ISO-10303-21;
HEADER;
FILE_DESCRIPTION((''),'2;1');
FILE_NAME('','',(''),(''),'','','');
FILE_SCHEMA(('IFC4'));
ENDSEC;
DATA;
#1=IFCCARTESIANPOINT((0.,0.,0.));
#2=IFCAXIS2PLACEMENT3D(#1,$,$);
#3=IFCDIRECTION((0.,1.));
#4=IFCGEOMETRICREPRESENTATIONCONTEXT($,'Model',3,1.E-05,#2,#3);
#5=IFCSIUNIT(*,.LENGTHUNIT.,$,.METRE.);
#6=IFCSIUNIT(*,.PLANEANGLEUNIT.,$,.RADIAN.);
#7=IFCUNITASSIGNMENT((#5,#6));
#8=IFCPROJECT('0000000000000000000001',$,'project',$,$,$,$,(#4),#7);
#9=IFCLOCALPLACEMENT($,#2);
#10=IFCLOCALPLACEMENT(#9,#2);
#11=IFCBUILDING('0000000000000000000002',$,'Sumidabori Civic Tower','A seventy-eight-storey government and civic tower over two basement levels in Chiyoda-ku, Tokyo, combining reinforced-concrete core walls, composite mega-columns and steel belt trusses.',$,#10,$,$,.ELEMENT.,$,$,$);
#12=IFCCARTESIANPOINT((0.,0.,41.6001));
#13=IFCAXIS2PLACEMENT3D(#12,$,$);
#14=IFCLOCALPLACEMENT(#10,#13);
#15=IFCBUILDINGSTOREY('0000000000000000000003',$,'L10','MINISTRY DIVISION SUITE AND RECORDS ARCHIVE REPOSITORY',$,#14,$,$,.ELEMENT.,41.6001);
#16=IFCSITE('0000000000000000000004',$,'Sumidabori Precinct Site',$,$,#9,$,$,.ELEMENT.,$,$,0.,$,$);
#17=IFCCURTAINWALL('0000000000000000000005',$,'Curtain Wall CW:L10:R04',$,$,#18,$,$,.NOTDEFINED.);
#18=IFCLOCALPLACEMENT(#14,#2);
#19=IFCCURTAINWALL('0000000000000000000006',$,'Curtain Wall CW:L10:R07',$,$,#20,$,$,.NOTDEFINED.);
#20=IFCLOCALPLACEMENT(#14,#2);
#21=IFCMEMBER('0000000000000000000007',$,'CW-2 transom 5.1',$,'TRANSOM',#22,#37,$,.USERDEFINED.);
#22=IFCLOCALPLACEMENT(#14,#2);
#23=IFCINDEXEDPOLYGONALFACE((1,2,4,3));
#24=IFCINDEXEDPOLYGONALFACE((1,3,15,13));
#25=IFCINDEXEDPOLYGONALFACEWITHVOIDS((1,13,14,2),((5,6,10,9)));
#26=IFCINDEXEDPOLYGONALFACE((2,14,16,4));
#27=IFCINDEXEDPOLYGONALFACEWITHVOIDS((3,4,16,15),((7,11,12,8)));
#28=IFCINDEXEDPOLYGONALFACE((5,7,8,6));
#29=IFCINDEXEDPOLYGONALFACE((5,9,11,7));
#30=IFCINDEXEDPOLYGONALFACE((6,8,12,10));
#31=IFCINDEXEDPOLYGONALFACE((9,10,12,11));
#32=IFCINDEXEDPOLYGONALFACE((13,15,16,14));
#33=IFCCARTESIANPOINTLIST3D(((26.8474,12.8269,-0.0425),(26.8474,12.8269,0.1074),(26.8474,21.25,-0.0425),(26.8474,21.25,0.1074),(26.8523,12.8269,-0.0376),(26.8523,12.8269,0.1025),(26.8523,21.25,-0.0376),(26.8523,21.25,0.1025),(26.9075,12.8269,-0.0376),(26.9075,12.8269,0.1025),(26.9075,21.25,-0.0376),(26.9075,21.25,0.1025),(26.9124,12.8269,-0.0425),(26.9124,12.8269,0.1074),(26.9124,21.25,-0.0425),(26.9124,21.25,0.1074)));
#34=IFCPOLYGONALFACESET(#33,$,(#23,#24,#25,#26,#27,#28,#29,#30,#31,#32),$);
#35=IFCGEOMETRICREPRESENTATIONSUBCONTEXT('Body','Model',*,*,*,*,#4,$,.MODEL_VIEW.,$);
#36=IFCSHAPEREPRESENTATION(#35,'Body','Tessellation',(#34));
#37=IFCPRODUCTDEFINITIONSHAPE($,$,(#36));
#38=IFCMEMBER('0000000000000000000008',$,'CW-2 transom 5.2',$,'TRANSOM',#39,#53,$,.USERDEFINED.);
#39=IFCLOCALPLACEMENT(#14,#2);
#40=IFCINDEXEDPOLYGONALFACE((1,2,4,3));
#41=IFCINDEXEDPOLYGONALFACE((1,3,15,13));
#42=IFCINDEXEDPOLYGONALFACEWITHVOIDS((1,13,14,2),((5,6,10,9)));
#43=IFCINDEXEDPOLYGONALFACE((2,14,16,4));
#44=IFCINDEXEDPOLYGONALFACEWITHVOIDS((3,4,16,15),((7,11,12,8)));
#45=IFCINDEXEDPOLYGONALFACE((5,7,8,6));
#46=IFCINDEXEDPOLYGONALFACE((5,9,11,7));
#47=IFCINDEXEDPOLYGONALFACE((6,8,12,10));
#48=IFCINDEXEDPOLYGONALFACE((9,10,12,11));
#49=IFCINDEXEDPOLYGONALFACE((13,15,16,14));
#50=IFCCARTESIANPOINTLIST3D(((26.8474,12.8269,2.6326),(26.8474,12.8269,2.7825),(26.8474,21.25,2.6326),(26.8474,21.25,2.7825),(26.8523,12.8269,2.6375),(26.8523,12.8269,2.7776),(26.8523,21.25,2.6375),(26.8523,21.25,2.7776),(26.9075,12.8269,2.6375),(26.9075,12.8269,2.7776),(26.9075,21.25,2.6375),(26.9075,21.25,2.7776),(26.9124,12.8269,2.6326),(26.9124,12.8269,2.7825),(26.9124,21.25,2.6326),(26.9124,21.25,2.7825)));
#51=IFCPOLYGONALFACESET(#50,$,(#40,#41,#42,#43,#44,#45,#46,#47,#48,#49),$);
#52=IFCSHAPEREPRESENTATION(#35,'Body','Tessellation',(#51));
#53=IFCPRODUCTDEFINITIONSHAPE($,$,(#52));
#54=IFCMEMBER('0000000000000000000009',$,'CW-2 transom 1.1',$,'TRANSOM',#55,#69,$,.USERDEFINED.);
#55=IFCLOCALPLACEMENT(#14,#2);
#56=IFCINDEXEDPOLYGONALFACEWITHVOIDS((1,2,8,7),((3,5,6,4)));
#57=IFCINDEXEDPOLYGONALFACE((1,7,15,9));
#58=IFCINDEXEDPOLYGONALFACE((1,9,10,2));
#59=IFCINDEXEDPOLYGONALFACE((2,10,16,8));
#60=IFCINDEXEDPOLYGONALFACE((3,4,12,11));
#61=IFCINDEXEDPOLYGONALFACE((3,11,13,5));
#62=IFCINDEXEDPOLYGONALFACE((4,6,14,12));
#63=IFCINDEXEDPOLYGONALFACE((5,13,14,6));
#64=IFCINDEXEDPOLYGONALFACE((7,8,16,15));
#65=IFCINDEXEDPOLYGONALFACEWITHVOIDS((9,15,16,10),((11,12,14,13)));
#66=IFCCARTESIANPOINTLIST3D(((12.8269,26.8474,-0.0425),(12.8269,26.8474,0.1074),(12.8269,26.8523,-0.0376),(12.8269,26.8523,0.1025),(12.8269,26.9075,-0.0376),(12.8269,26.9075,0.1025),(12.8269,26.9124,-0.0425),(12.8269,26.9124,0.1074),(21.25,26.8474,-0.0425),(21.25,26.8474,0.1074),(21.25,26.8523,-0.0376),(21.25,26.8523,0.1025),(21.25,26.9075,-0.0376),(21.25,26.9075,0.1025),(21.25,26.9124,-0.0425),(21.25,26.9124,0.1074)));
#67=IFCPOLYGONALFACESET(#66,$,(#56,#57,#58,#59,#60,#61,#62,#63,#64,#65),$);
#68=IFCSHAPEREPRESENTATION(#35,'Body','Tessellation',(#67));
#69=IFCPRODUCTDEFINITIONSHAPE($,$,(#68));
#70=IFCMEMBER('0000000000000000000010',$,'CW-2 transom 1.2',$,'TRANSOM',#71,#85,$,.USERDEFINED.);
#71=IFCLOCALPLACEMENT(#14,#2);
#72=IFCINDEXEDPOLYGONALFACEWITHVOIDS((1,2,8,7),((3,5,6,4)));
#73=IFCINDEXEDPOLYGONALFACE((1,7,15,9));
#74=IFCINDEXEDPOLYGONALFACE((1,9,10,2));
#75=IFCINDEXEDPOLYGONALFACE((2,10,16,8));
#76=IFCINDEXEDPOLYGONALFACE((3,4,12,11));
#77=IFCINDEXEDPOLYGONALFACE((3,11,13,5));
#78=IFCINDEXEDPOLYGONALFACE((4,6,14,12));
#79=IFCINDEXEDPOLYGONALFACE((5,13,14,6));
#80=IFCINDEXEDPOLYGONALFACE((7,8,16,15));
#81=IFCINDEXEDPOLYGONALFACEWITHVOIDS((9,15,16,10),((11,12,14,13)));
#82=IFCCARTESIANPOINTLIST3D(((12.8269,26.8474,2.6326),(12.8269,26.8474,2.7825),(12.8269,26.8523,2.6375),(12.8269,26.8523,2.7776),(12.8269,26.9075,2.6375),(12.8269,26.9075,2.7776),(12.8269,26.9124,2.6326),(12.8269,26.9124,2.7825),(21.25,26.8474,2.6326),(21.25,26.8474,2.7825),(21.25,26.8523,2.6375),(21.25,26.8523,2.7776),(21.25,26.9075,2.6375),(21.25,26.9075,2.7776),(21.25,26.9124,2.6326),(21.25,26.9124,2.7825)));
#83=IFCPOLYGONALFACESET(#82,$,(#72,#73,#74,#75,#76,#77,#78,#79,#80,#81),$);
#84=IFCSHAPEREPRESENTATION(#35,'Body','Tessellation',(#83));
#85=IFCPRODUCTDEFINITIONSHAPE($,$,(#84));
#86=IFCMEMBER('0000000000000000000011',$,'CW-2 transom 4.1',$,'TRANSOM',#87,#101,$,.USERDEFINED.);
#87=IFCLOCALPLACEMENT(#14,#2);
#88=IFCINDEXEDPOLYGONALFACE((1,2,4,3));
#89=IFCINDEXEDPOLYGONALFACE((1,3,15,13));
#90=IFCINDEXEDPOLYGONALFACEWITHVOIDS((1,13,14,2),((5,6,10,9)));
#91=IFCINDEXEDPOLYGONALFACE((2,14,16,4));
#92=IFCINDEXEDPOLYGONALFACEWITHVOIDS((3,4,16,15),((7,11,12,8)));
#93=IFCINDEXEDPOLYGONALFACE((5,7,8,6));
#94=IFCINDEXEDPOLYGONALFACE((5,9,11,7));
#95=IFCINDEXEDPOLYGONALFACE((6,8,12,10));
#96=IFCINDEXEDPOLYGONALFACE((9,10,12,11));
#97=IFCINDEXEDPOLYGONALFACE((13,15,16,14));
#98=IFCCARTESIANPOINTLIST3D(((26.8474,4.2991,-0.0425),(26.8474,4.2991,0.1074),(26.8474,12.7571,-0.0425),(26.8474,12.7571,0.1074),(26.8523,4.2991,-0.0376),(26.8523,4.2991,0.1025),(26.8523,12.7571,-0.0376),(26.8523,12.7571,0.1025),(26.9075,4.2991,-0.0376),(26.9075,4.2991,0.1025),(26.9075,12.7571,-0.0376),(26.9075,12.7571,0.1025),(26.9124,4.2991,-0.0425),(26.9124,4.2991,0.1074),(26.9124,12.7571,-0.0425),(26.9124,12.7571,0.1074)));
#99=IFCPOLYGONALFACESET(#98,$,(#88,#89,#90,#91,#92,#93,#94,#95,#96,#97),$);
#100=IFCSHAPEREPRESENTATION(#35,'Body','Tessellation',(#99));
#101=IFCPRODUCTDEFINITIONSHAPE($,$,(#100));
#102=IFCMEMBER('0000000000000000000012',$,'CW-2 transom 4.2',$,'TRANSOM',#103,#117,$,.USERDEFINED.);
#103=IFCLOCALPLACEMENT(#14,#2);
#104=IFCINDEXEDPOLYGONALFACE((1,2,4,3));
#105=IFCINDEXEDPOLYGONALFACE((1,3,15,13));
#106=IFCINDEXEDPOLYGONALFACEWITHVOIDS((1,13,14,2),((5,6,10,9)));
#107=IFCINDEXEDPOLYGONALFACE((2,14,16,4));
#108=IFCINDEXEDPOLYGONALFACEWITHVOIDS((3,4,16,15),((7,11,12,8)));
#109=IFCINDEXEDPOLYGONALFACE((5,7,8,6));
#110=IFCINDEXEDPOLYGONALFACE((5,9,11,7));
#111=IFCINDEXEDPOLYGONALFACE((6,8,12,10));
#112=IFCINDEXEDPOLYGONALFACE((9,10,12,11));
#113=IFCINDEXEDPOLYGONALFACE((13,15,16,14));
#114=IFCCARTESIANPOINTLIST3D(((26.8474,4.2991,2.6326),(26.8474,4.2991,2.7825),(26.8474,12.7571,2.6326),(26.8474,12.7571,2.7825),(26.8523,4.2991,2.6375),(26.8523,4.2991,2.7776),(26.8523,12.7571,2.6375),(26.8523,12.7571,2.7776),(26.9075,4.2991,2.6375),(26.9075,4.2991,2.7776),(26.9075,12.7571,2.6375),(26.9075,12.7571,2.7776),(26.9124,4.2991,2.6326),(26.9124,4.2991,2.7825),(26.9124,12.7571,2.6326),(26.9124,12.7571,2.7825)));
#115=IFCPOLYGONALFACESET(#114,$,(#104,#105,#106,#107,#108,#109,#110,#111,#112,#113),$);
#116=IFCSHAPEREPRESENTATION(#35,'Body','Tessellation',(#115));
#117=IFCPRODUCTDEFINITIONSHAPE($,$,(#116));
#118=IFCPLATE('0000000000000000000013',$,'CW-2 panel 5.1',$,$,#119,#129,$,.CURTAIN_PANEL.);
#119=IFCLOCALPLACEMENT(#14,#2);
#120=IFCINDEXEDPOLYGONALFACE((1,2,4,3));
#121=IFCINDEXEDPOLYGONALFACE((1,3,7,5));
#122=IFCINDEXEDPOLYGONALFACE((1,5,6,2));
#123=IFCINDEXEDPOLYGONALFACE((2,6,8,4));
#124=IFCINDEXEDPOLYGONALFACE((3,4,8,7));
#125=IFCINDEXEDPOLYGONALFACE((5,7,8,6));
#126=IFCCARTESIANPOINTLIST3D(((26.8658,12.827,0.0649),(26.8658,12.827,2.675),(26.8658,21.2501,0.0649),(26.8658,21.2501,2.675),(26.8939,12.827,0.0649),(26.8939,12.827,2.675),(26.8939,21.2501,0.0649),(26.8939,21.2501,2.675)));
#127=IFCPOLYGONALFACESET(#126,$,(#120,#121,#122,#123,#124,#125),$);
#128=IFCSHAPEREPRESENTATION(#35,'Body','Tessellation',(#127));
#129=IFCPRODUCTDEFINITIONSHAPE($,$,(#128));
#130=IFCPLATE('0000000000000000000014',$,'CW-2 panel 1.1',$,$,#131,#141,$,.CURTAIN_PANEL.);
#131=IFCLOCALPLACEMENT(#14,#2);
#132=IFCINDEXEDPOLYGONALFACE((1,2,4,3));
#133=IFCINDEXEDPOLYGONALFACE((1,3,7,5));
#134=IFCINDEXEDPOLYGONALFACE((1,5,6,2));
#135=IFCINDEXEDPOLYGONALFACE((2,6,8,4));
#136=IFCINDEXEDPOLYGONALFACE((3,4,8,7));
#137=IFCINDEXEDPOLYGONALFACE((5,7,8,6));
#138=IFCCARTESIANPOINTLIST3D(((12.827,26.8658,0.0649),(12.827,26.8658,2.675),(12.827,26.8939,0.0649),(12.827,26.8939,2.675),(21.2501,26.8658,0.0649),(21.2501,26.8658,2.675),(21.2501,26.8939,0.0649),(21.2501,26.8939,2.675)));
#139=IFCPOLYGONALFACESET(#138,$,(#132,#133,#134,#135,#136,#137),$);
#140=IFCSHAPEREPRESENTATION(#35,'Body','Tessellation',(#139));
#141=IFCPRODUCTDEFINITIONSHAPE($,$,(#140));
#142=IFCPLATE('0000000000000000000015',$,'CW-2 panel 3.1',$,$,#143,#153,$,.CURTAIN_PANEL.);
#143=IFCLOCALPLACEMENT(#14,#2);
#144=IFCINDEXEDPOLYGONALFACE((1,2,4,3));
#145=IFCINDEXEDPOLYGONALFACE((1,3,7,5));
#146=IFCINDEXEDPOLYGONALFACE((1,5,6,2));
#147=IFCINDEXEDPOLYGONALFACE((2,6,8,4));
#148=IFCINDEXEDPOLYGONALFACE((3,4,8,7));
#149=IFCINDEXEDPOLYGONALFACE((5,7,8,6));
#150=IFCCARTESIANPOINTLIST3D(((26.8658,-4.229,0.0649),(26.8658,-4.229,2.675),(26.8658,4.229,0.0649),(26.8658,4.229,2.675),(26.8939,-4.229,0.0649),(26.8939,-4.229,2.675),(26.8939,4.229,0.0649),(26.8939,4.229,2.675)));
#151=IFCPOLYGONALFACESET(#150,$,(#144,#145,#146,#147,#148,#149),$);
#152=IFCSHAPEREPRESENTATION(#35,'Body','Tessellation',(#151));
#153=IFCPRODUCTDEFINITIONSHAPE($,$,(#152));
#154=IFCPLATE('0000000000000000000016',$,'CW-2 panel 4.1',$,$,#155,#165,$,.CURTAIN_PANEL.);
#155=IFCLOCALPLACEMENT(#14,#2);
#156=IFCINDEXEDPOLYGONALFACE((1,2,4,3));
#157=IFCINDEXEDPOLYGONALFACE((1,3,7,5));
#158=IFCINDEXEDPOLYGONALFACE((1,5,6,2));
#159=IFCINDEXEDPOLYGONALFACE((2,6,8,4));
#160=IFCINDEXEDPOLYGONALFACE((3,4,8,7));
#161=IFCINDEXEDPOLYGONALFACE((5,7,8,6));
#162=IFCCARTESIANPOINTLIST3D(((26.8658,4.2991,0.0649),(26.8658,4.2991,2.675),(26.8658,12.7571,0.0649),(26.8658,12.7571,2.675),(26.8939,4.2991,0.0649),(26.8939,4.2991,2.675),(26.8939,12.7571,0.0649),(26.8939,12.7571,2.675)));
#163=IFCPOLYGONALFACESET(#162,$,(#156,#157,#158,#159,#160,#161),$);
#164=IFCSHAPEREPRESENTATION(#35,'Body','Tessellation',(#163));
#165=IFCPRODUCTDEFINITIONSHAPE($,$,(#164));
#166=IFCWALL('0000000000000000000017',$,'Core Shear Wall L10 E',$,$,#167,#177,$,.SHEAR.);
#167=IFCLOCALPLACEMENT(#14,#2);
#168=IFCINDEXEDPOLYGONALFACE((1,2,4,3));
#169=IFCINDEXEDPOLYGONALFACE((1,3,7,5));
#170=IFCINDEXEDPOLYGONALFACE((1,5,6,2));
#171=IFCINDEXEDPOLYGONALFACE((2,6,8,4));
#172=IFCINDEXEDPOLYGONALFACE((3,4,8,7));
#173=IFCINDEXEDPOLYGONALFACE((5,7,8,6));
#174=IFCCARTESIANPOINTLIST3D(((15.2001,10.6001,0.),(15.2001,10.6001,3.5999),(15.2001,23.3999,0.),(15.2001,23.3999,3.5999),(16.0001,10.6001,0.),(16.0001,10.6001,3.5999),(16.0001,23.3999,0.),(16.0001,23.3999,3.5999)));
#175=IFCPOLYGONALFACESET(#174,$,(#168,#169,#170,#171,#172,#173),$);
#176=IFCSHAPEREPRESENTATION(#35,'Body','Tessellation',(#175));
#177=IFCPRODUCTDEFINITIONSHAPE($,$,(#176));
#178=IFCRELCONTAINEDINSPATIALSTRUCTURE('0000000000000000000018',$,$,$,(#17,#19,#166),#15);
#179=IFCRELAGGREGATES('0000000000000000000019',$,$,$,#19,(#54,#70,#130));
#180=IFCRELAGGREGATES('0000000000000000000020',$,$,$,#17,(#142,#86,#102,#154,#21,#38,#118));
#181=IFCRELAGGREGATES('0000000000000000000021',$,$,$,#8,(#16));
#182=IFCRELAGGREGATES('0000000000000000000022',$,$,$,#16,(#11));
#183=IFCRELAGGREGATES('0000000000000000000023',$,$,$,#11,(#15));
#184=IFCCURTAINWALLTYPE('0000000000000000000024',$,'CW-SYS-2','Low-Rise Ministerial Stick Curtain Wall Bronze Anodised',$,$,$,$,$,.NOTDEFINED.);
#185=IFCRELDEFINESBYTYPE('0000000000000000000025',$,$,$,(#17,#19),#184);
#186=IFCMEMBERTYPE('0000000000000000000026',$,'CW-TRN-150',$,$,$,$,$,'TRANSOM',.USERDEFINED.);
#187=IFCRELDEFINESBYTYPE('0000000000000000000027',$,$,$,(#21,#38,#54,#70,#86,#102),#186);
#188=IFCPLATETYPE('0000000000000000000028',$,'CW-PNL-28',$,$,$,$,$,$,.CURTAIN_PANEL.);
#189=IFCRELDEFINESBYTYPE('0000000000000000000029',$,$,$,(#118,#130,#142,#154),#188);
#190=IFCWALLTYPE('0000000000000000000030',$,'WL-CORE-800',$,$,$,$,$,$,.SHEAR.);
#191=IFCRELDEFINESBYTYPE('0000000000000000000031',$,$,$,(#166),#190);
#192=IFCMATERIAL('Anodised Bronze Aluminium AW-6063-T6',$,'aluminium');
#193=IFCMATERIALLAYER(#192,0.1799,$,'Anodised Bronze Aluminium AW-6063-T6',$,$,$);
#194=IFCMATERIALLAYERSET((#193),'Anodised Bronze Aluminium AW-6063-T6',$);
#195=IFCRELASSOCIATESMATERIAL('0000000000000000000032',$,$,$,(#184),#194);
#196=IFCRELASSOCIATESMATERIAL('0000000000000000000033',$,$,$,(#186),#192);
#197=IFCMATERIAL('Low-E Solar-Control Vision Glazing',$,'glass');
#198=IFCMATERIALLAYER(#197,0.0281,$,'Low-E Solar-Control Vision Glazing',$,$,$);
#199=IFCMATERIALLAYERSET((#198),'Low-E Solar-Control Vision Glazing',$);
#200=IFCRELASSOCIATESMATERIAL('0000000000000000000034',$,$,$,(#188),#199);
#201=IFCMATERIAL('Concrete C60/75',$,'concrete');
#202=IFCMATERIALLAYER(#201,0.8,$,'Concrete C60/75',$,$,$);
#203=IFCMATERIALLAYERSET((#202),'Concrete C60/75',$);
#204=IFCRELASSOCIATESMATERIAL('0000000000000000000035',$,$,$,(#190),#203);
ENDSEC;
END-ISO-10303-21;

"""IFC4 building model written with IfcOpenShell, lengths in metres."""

from ifc_helpers import new_model, si_unit, direction, frame, frame_2d, origin, origin_2d, place, context, subcontext, project, spatial, rectangle, hollow_rectangle, extrude, source, transform, mapped, material, layer, layer_set, material_profile, profile_set, type_object, element, aggregate, save


model = new_model("IFC4")

# Units and contexts
model_context = context("Model", 3, precision=1e-05, world=origin(), true_north=direction((0.0, 1.0)))
body_context = subcontext(model_context, "Body", "Model", "MODEL_VIEW")
ifc_project = project(units=[si_unit("LENGTHUNIT", "METRE"), si_unit("PLANEANGLEUNIT", "RADIAN")], contexts=[model_context])

# Site, building, storey
site_placement = place(None, origin())
site = spatial("IfcSite", under=ifc_project, at=site_placement, Name="Sumidabori Precinct Site", CompositionType="ELEMENT", RefElevation=0.0)
building_placement = place(site_placement, origin())
building = spatial("IfcBuilding", under=site, at=building_placement, Name="Sumidabori Civic Tower", Description="A seventy-eight-storey government and civic tower over two basement levels in Chiyoda-ku, Tokyo, combining reinforced-concrete core walls, composite mega-columns and steel belt trusses.", CompositionType="ELEMENT")
storey_placement = place(building_placement, frame((0.0, 0.0, 41.6001)))
storey = spatial("IfcBuildingStorey", under=building, at=storey_placement, Name="L10", Description="MINISTRY DIVISION SUITE AND RECORDS ARCHIVE REPOSITORY", CompositionType="ELEMENT", Elevation=41.6001)

# Shared definitions
ifc_material_1 = material(Name="Concrete C60/75", Category="concrete")

# Curtain wall
ifc_material_2 = material(Name="Anodised Bronze Aluminium AW-6063-T6", Category="aluminium")
ifc_layer_1 = layer(ifc_material_2, 0.1799, Name="Anodised Bronze Aluminium AW-6063-T6")
ifc_layer_set_1 = layer_set([ifc_layer_1], Name="Anodised Bronze Aluminium AW-6063-T6")
curtain_wall_type = type_object("IfcCurtainWallType", Name="CW-SYS-2", Description="Low-Rise Ministerial Stick Curtain Wall Bronze Anodised", PredefinedType="NOTDEFINED", material=ifc_layer_set_1)
curtain_wall_1_placement = place(storey_placement, origin())
curtain_wall_1 = element("IfcCurtainWall", 1, at=curtain_wall_1_placement, inside=storey, type_object=curtain_wall_type, Name="Curtain Wall CW:L10:R04", PredefinedType="NOTDEFINED")

# Curtain wall
curtain_wall_2_placement = place(storey_placement, origin())
curtain_wall_2 = element("IfcCurtainWall", 2, at=curtain_wall_2_placement, inside=storey, type_object=curtain_wall_type, Name="Curtain Wall CW:L10:R07", PredefinedType="NOTDEFINED")

# Members
ifc_material_profile_1 = material_profile(ifc_material_2, hollow_rectangle(XDim=0.0649, YDim=0.1499, WallThickness=0.0049, at=origin_2d()), Name="ALU TRANSOM 150x65")
ifc_profile_set_1 = profile_set([ifc_material_profile_1], Name="Anodised Bronze Aluminium AW-6063-T6")
member_type_1 = type_object("IfcMemberType", Name="CW-TRN-150", ElementType="TRANSOM", PredefinedType="USERDEFINED", material=ifc_profile_set_1)
shared_shape_1 = source(origin(), body_context, "Body", "SweptSolid", [
    extrude(hollow_rectangle(XDim=0.0649, YDim=0.1499, WallThickness=0.0049, at=origin_2d()), origin(), (0.0, 0.0, 1.0), 8.4231),
])
member_1_placement = place(storey_placement, frame((26.8799, 12.8269, 0.0325), z_axis=(0.0, 1.0, 0.0), x_axis=(-1.0, 0.0, 0.0)))
member_1 = element("IfcMember", 3, at=member_1_placement, type_object=member_type_1, Name="CW-2 transom 5.1", ObjectType="TRANSOM", PredefinedType="USERDEFINED", context=body_context, shape_type="MappedRepresentation", body=[
    mapped(shared_shape_1, transform((0.0, 0.0, 0.0), x_axis=(1.0, 0.0, 0.0), y_axis=(0.0, 1.0, 0.0), z_axis=(0.0, 0.0, 1.0), scale=1.0)),
])
member_2_placement = place(storey_placement, frame((26.8799, 12.8269, 2.7075), z_axis=(0.0, 1.0, 0.0), x_axis=(-1.0, 0.0, 0.0)))
member_2 = element("IfcMember", 4, at=member_2_placement, type_object=member_type_1, Name="CW-2 transom 5.2", ObjectType="TRANSOM", PredefinedType="USERDEFINED", context=body_context, shape_type="MappedRepresentation", body=[
    mapped(shared_shape_1, transform((0.0, 0.0, 0.0), x_axis=(1.0, 0.0, 0.0), y_axis=(0.0, 1.0, 0.0), z_axis=(0.0, 0.0, 1.0), scale=1.0)),
])
member_3_placement = place(storey_placement, frame((21.25, 26.8799, 0.0325), z_axis=(-1.0, 0.0, 0.0), x_axis=(0.0, -1.0, 0.0)))
member_3 = element("IfcMember", 5, at=member_3_placement, type_object=member_type_1, Name="CW-2 transom 1.1", ObjectType="TRANSOM", PredefinedType="USERDEFINED", context=body_context, shape_type="MappedRepresentation", body=[
    mapped(shared_shape_1, transform((0.0, 0.0, 0.0), x_axis=(1.0, 0.0, 0.0), y_axis=(0.0, 1.0, 0.0), z_axis=(0.0, 0.0, 1.0), scale=1.0)),
])
member_4_placement = place(storey_placement, frame((21.25, 26.8799, 2.7075), z_axis=(-1.0, 0.0, 0.0), x_axis=(0.0, -1.0, 0.0)))
member_4 = element("IfcMember", 6, at=member_4_placement, type_object=member_type_1, Name="CW-2 transom 1.2", ObjectType="TRANSOM", PredefinedType="USERDEFINED", context=body_context, shape_type="MappedRepresentation", body=[
    mapped(shared_shape_1, transform((0.0, 0.0, 0.0), x_axis=(1.0, 0.0, 0.0), y_axis=(0.0, 1.0, 0.0), z_axis=(0.0, 0.0, 1.0), scale=1.0)),
])
shared_shape_2 = source(origin(), body_context, "Body", "SweptSolid", [
    extrude(hollow_rectangle(XDim=0.0649, YDim=0.1499, WallThickness=0.0049, at=origin_2d()), origin(), (0.0, 0.0, 1.0), 8.458),
])
member_5_placement = place(storey_placement, frame((26.8799, 4.2991, 0.0325), z_axis=(0.0, 1.0, 0.0), x_axis=(-1.0, 0.0, 0.0)))
member_5 = element("IfcMember", 7, at=member_5_placement, type_object=member_type_1, Name="CW-2 transom 4.1", ObjectType="TRANSOM", PredefinedType="USERDEFINED", context=body_context, shape_type="MappedRepresentation", body=[
    mapped(shared_shape_2, transform((0.0, 0.0, 0.0), x_axis=(1.0, 0.0, 0.0), y_axis=(0.0, 1.0, 0.0), z_axis=(0.0, 0.0, 1.0), scale=1.0)),
])
member_6_placement = place(storey_placement, frame((26.8799, 4.2991, 2.7075), z_axis=(0.0, 1.0, 0.0), x_axis=(-1.0, 0.0, 0.0)))
member_6 = element("IfcMember", 8, at=member_6_placement, type_object=member_type_1, Name="CW-2 transom 4.2", ObjectType="TRANSOM", PredefinedType="USERDEFINED", context=body_context, shape_type="MappedRepresentation", body=[
    mapped(shared_shape_2, transform((0.0, 0.0, 0.0), x_axis=(1.0, 0.0, 0.0), y_axis=(0.0, 1.0, 0.0), z_axis=(0.0, 0.0, 1.0), scale=1.0)),
])

# Plates
ifc_material_3 = material(Name="Low-E Solar-Control Vision Glazing", Category="glass")
ifc_layer_2 = layer(ifc_material_3, 0.0281, Name="Low-E Solar-Control Vision Glazing")
ifc_layer_set_2 = layer_set([ifc_layer_2], Name="Low-E Solar-Control Vision Glazing")
plate_type = type_object("IfcPlateType", Name="CW-PNL-28", PredefinedType="CURTAIN_PANEL", material=ifc_layer_set_2)
shared_shape_3 = source(origin(), body_context, "Body", "SweptSolid", [
    extrude(rectangle(XDim=8.4231, YDim=0.0281, at=origin_2d()), origin(), (0.0, 0.0, 1.0), 2.6101),
])
plate_1_placement = place(storey_placement, frame((26.8799, 17.0386, 0.0649), z_axis=(0.0, 0.0, 1.0), x_axis=(0.0, 1.0, 0.0)))
plate_1 = element("IfcPlate", 9, at=plate_1_placement, type_object=plate_type, Name="CW-2 panel 5.1", PredefinedType="CURTAIN_PANEL", context=body_context, shape_type="MappedRepresentation", body=[
    mapped(shared_shape_3, transform((0.0, 0.0, 0.0), x_axis=(1.0, 0.0, 0.0), y_axis=(0.0, 1.0, 0.0), z_axis=(0.0, 0.0, 1.0), scale=1.0)),
])
plate_2_placement = place(storey_placement, frame((17.0386, 26.8799, 0.0649), z_axis=(0.0, 0.0, 1.0), x_axis=(-1.0, 0.0, 0.0)))
plate_2 = element("IfcPlate", 10, at=plate_2_placement, type_object=plate_type, Name="CW-2 panel 1.1", PredefinedType="CURTAIN_PANEL", context=body_context, shape_type="MappedRepresentation", body=[
    mapped(shared_shape_3, transform((0.0, 0.0, 0.0), x_axis=(1.0, 0.0, 0.0), y_axis=(0.0, 1.0, 0.0), z_axis=(0.0, 0.0, 1.0), scale=1.0)),
])
aggregate(curtain_wall_2, [member_3, member_4, plate_2])
shared_shape_4 = source(origin(), body_context, "Body", "SweptSolid", [
    extrude(rectangle(XDim=8.458, YDim=0.0281, at=origin_2d()), origin(), (0.0, 0.0, 1.0), 2.6101),
])
plate_3_placement = place(storey_placement, frame((26.8799, 0.0, 0.0649), z_axis=(0.0, 0.0, 1.0), x_axis=(0.0, 1.0, 0.0)))
plate_3 = element("IfcPlate", 11, at=plate_3_placement, type_object=plate_type, Name="CW-2 panel 3.1", PredefinedType="CURTAIN_PANEL", context=body_context, shape_type="MappedRepresentation", body=[
    mapped(shared_shape_4, transform((0.0, 0.0, 0.0), x_axis=(1.0, 0.0, 0.0), y_axis=(0.0, 1.0, 0.0), z_axis=(0.0, 0.0, 1.0), scale=1.0)),
])
plate_4_placement = place(storey_placement, frame((26.8799, 8.5281, 0.0649), z_axis=(0.0, 0.0, 1.0), x_axis=(0.0, 1.0, 0.0)))
plate_4 = element("IfcPlate", 12, at=plate_4_placement, type_object=plate_type, Name="CW-2 panel 4.1", PredefinedType="CURTAIN_PANEL", context=body_context, shape_type="MappedRepresentation", body=[
    mapped(shared_shape_4, transform((0.0, 0.0, 0.0), x_axis=(1.0, 0.0, 0.0), y_axis=(0.0, 1.0, 0.0), z_axis=(0.0, 0.0, 1.0), scale=1.0)),
])
aggregate(curtain_wall_1, [plate_3, member_5, member_6, plate_4, member_1, member_2, plate_1])

# Wall
ifc_layer_3 = layer(ifc_material_1, 0.8, Name="Concrete C60/75")
ifc_layer_set_3 = layer_set([ifc_layer_3], Name="Concrete C60/75")
wall_type_1 = type_object("IfcWallType", Name="WL-CORE-800", PredefinedType="SHEAR", material=ifc_layer_set_3)
shared_shape_5 = source(origin(), body_context, "Body", "SweptSolid", [
    extrude(rectangle(XDim=12.7998, YDim=0.8, at=frame_2d((6.3999, 0.0))), origin(), (0.0, 0.0, 1.0), 3.5999),
])
wall_1_placement = place(storey_placement, frame((15.6001, 10.6001, 0.0), z_axis=(0.0, 0.0, 1.0), x_axis=(0.0, 1.0, 0.0)))
element("IfcWall", 13, at=wall_1_placement, inside=storey, type_object=wall_type_1, Name="Core Shear Wall L10 E", PredefinedType="SHEAR", context=body_context, shape_type="MappedRepresentation", body=[
    mapped(shared_shape_5, transform((0.0, 0.0, 0.0), x_axis=(1.0, 0.0, 0.0), y_axis=(0.0, 1.0, 0.0), z_axis=(0.0, 0.0, 1.0), scale=1.0)),
])

save(model, "model.ifc")
